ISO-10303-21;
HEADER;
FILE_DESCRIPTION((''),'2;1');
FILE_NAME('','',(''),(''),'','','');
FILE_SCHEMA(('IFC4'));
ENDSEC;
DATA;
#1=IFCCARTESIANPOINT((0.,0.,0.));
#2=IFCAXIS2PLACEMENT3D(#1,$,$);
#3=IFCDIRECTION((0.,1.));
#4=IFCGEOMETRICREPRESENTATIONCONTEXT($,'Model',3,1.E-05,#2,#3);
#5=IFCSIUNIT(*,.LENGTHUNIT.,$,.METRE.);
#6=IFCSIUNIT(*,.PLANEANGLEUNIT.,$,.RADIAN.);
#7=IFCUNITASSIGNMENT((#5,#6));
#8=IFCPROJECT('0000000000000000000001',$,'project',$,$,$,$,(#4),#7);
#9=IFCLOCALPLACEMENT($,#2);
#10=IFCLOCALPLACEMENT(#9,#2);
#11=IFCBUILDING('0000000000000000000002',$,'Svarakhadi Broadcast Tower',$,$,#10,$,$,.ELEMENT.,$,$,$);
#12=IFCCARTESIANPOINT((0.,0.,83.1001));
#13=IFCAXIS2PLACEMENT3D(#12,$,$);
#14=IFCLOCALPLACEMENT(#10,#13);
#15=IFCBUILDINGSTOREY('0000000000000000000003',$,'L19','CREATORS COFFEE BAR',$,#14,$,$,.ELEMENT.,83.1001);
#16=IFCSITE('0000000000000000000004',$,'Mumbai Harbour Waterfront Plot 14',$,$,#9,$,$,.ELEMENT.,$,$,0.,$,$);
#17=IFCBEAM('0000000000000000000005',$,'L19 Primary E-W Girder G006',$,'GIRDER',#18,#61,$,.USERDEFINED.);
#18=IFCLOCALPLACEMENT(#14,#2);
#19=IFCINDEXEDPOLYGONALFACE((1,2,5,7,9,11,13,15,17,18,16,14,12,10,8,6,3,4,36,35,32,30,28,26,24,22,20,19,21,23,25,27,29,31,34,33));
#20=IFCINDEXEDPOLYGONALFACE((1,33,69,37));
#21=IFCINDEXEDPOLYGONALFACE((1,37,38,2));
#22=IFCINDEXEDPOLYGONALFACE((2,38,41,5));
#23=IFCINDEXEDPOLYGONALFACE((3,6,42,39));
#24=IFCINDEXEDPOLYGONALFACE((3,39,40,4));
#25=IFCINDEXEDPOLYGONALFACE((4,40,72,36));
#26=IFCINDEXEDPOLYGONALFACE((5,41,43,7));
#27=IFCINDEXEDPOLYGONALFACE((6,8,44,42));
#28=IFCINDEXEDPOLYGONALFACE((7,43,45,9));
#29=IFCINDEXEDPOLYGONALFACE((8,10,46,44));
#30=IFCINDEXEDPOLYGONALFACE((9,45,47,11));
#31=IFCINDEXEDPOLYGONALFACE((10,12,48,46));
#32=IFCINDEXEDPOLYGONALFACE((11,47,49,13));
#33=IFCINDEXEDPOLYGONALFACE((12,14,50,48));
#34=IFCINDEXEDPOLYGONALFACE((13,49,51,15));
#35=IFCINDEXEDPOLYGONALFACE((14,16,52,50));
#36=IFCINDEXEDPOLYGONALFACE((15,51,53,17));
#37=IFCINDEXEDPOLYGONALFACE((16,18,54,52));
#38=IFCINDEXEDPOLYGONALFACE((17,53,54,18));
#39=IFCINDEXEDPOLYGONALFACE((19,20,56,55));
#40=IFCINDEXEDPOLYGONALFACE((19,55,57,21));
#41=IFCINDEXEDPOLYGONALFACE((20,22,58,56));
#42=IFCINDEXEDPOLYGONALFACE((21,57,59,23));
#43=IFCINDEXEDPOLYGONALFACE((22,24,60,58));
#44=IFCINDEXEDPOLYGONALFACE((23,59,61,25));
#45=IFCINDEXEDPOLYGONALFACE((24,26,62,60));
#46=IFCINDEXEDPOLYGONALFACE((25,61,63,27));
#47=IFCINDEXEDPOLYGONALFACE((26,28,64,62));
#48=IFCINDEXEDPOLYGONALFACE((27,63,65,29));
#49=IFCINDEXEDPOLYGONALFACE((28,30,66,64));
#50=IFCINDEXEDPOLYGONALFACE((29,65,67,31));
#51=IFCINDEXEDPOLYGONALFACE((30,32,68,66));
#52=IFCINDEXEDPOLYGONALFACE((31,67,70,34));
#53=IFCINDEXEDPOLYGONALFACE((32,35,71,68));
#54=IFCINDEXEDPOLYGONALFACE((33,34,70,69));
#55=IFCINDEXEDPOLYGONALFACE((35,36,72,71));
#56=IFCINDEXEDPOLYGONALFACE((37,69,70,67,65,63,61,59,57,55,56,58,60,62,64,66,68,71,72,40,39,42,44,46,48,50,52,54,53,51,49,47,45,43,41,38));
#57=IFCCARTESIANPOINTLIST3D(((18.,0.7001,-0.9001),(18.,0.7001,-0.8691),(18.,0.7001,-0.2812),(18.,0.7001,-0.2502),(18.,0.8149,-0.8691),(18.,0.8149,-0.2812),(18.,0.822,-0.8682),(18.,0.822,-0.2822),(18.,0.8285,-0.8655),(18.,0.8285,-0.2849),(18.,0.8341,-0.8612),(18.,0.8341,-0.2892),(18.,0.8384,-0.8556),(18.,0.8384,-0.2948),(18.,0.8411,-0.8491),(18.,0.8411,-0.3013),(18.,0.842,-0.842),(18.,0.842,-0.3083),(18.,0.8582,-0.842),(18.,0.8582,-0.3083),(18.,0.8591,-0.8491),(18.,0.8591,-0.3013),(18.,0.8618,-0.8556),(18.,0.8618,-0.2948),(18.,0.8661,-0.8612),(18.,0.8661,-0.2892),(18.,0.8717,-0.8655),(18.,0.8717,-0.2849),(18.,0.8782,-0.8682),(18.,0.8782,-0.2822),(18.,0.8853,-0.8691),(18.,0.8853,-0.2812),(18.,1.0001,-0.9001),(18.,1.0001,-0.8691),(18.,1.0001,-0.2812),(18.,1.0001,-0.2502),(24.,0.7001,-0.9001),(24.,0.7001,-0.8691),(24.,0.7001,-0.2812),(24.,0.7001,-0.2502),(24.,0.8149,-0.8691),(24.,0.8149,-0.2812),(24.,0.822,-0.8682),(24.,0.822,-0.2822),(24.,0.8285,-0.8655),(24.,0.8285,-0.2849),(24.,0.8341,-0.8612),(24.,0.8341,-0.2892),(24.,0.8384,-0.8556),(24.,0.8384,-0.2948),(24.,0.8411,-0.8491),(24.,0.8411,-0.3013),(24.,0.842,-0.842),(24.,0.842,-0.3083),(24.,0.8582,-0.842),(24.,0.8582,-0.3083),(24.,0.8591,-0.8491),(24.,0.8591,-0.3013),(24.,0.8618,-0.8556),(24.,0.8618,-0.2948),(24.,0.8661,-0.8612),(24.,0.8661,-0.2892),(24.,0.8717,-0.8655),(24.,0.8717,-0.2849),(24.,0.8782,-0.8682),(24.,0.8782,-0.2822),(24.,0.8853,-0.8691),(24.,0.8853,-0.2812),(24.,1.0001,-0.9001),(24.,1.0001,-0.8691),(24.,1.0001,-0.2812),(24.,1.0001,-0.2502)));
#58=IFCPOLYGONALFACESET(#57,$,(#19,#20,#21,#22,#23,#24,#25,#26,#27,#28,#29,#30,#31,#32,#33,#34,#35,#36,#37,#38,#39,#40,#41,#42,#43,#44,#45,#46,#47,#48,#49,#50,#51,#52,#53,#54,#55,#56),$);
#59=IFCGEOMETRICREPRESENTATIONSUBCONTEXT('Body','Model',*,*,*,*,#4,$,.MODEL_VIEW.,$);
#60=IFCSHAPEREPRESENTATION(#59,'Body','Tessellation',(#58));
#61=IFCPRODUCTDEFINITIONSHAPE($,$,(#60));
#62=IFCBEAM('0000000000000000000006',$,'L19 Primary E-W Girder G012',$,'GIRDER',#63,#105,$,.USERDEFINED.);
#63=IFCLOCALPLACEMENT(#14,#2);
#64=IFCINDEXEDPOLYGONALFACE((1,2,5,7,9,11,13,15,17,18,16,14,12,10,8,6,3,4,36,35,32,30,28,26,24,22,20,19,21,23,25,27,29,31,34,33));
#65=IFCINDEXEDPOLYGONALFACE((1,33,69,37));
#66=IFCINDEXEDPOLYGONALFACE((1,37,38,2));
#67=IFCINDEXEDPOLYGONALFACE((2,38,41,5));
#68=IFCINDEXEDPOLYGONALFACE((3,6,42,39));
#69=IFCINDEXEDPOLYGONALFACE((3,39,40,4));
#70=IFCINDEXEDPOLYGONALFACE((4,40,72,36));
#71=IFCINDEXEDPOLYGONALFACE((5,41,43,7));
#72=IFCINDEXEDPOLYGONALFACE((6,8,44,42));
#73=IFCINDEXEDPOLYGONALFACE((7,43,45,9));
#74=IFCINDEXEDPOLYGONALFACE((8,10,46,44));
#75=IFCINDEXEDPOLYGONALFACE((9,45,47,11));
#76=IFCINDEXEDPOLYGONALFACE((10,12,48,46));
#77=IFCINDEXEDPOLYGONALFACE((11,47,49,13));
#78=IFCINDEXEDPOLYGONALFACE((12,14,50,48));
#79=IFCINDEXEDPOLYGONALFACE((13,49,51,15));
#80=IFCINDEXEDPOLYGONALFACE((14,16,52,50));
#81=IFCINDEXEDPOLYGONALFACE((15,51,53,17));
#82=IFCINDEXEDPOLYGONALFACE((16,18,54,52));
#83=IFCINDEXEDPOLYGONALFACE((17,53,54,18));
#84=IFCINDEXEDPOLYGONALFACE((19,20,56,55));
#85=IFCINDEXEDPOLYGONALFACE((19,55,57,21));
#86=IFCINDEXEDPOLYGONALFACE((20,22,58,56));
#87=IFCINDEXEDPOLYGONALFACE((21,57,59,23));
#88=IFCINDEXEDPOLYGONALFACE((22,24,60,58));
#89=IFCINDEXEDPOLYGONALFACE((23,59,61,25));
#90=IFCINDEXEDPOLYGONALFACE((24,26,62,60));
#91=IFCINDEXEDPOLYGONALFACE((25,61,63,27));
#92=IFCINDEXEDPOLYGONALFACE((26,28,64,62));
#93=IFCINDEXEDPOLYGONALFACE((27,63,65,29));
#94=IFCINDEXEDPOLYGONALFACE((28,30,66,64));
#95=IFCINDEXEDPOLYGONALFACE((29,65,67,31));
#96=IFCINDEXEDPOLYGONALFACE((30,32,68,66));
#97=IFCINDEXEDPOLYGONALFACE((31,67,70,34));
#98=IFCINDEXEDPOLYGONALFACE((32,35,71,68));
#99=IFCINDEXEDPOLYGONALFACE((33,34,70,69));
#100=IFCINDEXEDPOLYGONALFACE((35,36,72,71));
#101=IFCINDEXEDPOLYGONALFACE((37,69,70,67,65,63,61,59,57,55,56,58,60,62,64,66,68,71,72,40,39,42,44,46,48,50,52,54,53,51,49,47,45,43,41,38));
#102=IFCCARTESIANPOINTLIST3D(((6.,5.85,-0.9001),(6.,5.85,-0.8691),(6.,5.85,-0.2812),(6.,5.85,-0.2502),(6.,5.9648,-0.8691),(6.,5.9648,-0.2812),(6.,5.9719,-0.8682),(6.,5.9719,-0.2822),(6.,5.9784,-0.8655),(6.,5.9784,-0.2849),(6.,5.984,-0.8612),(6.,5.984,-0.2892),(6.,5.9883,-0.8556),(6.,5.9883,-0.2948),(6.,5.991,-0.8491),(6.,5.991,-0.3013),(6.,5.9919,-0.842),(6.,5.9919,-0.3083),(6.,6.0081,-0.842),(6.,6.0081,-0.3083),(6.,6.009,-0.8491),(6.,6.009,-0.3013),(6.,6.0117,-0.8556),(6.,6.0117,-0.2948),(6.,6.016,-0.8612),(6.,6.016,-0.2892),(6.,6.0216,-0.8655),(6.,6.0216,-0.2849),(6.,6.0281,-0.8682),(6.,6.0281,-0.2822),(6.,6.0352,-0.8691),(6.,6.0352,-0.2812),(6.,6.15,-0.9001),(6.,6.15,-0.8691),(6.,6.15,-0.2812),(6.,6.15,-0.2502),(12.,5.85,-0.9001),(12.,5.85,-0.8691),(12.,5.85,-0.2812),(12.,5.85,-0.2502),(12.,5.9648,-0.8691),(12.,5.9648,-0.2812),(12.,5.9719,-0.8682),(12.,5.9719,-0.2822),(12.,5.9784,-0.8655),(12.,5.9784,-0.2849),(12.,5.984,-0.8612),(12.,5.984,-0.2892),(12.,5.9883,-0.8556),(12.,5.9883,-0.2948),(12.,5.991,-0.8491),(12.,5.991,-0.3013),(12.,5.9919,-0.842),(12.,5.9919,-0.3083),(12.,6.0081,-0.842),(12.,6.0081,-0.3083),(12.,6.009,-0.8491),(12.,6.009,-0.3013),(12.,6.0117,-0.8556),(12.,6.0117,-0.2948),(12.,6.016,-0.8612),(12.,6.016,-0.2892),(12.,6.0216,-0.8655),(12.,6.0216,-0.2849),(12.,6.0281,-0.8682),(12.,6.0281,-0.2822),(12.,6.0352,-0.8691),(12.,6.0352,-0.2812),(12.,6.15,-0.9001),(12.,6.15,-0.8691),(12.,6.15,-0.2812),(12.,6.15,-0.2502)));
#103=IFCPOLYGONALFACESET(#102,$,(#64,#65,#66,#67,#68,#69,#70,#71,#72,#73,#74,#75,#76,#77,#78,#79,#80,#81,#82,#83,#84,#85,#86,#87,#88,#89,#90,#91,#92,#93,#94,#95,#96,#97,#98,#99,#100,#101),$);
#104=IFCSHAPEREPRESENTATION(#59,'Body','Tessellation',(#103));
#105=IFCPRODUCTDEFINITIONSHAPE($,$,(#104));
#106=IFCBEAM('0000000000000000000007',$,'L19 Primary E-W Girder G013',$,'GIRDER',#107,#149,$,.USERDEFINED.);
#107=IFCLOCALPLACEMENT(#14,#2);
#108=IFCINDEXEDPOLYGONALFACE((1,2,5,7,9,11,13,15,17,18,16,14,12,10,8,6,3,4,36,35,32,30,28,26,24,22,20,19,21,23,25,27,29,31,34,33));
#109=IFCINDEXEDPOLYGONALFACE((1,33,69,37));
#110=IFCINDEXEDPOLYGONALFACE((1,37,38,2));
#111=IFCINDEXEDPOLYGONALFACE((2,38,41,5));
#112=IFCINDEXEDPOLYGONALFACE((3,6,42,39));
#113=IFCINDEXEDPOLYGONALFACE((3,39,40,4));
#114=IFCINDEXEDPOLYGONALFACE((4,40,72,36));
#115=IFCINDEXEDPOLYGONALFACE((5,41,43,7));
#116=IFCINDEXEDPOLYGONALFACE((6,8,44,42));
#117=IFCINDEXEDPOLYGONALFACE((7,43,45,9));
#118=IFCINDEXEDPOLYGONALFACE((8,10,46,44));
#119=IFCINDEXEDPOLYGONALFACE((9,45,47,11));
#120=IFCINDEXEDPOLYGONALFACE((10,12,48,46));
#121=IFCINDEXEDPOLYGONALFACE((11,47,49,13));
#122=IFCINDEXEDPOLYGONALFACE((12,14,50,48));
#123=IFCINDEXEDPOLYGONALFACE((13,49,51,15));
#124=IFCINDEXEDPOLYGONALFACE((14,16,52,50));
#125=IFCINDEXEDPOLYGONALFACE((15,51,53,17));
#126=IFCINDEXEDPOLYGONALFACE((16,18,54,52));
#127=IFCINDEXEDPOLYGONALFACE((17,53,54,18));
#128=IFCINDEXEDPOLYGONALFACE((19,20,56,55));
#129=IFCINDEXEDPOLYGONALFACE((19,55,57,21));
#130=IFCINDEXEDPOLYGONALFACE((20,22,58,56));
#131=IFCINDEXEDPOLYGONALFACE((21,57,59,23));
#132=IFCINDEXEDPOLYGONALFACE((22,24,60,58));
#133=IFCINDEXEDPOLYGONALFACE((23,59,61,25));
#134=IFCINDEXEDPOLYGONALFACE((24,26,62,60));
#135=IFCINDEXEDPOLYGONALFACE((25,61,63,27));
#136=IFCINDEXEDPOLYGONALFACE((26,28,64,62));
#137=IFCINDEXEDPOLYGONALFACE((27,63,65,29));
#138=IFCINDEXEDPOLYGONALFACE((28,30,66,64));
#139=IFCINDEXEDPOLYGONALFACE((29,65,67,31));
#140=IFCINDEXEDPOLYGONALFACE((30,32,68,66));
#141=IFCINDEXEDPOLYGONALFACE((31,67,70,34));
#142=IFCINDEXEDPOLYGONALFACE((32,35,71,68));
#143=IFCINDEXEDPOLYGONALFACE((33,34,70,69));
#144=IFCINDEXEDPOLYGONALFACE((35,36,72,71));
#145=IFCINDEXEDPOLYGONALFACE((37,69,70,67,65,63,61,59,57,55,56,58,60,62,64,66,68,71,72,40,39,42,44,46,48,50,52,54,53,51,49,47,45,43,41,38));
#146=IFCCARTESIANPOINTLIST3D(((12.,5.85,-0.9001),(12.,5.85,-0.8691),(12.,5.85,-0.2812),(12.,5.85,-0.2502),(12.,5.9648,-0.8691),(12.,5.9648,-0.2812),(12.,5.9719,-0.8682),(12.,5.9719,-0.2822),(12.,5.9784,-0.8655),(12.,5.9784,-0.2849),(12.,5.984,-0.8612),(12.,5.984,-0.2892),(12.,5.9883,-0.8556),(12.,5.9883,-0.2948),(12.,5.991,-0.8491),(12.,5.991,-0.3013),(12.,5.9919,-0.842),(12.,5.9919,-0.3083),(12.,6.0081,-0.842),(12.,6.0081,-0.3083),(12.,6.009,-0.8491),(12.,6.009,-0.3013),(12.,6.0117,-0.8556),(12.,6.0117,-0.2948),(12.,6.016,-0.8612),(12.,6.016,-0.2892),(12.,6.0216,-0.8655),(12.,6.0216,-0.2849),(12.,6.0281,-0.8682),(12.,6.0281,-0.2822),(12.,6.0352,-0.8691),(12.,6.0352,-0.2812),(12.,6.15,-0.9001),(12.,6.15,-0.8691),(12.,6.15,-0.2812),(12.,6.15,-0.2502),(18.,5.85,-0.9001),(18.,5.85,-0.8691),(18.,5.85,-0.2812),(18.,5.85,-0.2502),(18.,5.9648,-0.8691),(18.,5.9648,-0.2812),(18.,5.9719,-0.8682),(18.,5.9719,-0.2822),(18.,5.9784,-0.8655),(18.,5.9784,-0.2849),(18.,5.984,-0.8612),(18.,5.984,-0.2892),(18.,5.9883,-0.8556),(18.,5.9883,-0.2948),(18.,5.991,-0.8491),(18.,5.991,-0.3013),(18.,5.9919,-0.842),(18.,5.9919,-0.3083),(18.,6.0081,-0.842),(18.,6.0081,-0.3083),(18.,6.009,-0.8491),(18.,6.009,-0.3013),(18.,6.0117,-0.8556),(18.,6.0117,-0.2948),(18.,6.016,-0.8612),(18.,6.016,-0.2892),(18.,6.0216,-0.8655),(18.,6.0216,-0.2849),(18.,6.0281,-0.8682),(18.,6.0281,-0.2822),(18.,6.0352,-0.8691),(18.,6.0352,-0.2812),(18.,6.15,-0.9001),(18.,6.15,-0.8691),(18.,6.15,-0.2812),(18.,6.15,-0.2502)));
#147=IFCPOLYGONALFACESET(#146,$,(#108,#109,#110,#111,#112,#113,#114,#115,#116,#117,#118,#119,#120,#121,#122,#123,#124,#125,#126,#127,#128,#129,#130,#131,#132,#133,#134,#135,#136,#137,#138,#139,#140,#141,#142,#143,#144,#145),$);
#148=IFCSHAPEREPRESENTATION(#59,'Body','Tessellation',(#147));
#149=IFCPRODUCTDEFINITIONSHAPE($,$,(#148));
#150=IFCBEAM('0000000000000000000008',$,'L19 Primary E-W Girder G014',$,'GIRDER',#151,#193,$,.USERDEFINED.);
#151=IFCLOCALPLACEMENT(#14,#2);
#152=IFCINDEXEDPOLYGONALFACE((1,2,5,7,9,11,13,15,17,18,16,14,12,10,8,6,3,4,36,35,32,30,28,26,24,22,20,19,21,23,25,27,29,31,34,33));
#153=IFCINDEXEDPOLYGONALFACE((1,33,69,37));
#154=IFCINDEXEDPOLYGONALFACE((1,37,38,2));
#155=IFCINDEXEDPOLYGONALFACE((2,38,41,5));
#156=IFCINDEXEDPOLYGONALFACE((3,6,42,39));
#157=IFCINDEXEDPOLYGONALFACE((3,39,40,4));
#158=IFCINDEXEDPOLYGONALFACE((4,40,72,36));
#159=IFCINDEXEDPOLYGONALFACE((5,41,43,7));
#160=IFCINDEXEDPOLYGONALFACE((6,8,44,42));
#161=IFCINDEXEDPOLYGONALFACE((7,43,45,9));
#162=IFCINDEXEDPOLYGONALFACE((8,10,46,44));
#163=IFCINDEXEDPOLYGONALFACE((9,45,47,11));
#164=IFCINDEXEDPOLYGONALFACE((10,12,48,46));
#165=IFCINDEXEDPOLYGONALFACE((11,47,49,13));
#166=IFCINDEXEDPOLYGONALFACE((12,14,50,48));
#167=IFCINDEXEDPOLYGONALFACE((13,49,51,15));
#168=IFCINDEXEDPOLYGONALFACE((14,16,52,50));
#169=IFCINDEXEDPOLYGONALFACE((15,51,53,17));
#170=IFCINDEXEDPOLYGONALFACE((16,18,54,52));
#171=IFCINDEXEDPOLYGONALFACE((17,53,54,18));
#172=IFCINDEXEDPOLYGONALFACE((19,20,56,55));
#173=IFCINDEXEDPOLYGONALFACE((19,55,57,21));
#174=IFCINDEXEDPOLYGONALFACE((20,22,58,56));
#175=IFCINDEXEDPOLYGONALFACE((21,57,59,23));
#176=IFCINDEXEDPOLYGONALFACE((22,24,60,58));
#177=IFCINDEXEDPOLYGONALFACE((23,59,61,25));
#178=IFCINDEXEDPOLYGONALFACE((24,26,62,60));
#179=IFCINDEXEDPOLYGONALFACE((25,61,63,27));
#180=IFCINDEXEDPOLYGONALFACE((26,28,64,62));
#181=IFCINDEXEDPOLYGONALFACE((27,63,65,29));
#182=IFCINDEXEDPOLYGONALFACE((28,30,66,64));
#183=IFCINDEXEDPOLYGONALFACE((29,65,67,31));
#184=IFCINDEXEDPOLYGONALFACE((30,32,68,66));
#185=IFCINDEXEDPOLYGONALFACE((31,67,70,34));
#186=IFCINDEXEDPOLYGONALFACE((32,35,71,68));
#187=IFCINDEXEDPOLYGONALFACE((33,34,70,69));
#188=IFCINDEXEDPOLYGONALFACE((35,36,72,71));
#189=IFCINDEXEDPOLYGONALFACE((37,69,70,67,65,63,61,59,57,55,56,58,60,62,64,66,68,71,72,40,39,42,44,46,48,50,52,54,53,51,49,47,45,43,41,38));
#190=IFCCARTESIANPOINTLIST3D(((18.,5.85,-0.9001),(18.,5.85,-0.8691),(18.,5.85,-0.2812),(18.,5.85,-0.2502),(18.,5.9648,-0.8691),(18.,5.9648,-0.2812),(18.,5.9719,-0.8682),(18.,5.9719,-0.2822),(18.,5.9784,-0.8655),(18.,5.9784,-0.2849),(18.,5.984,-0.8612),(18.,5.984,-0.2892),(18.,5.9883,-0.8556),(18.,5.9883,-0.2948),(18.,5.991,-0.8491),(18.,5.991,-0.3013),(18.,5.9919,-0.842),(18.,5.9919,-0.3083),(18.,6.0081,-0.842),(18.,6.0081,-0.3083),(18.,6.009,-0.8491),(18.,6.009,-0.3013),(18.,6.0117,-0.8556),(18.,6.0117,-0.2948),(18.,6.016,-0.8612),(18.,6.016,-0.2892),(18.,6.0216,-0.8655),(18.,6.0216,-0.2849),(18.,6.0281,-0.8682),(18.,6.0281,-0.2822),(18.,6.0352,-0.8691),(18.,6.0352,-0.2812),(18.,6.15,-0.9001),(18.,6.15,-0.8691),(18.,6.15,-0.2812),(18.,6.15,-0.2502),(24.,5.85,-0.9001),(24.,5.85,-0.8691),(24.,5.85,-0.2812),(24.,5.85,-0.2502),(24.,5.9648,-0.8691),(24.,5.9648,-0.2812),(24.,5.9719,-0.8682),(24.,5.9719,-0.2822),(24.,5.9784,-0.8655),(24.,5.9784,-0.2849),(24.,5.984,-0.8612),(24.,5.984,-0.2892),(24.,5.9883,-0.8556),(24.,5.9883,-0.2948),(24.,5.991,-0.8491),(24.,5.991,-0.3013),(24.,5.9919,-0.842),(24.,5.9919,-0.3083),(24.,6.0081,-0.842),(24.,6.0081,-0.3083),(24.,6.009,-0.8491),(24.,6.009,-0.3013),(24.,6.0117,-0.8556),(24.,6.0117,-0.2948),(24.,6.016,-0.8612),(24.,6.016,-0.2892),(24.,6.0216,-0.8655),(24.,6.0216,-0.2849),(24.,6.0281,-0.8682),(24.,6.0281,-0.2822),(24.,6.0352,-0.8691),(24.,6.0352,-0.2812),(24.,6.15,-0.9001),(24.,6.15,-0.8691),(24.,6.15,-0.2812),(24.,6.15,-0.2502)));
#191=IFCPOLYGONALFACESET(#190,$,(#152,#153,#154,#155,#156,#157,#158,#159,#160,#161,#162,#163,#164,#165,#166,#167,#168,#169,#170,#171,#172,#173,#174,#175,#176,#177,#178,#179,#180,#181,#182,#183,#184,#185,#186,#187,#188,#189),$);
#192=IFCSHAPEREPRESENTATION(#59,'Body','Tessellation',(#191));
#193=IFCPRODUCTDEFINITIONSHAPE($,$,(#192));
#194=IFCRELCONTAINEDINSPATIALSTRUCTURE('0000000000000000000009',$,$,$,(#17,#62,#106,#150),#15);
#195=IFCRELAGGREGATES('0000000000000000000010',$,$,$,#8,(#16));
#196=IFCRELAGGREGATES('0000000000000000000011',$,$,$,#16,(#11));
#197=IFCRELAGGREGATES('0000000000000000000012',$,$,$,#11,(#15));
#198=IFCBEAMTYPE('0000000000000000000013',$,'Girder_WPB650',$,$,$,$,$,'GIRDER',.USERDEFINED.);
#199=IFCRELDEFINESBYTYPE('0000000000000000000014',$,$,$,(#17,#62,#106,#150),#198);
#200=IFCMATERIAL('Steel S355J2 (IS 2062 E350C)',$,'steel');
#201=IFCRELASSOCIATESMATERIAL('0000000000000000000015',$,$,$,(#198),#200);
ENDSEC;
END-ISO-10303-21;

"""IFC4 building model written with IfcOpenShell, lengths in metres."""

from ifc_helpers import new_model, si_unit, direction, frame, origin, origin_2d, place, context, subcontext, project, spatial, i_section, extrude, material, material_profile, profile_set, type_object, element, save


model = new_model("IFC4")

# Units and contexts
model_context = context("Model", 3, precision=1e-05, world=origin(), true_north=direction((0.0, 1.0)))
body_context = subcontext(model_context, "Body", "Model", "MODEL_VIEW")
ifc_project = project(units=[si_unit("LENGTHUNIT", "METRE"), si_unit("PLANEANGLEUNIT", "RADIAN")], contexts=[model_context])

# Site, building, storey
site_placement = place(None, origin())
site = spatial("IfcSite", under=ifc_project, at=site_placement, Name="Mumbai Harbour Waterfront Plot 14", CompositionType="ELEMENT", RefElevation=0.0)
building_placement = place(site_placement, origin())
building = spatial("IfcBuilding", under=site, at=building_placement, Name="Svarakhadi Broadcast Tower", CompositionType="ELEMENT")
storey_placement = place(building_placement, frame((0.0, 0.0, 83.1001)))
storey = spatial("IfcBuildingStorey", under=building, at=storey_placement, Name="L19", Description="CREATORS COFFEE BAR", CompositionType="ELEMENT", Elevation=83.1001)

# Shared definitions
ifc_material_1 = material(Name="Steel S355J2 (IS 2062 E350C)", Category="steel")

# Beams
ifc_material_profile_1 = material_profile(ifc_material_1, i_section(OverallWidth=0.3, OverallDepth=0.6499, WebThickness=0.0161, FlangeThickness=0.031, FilletRadius=0.0271, at=origin_2d()), Name="WPB 650x300x225")
ifc_profile_set_1 = profile_set([ifc_material_profile_1], Name="Steel S355J2 (IS 2062 E350C)")
beam_type_1 = type_object("IfcBeamType", Name="Girder_WPB650", ElementType="GIRDER", PredefinedType="USERDEFINED", material=ifc_profile_set_1)
for number, where, z_axis, x_axis, name in (
    (1, (18.0, 0.8501, -0.5752), (1.0, 0.0, 0.0), (0.0, 1.0, 0.0), "L19 Primary E-W Girder G006"),
    (2, (6.0, 6.0, -0.5752), (1.0, 0.0, 0.0), (0.0, 1.0, 0.0), "L19 Primary E-W Girder G012"),
    (3, (12.0, 6.0, -0.5752), (1.0, 0.0, 0.0), (0.0, 1.0, 0.0), "L19 Primary E-W Girder G013"),
    (4, (18.0, 6.0, -0.5752), (1.0, 0.0, 0.0), (0.0, 1.0, 0.0), "L19 Primary E-W Girder G014"),
):
    element("IfcBeam", number, at=place(storey_placement, frame(where, z_axis=z_axis, x_axis=x_axis)), inside=storey, type_object=beam_type_1, Name=name, ObjectType="GIRDER", PredefinedType="USERDEFINED", context=body_context, shape_type="SweptSolid", body=[
        extrude(i_section(OverallWidth=0.3, OverallDepth=0.6499, WebThickness=0.0161, FlangeThickness=0.031, FilletRadius=0.0271, at=origin_2d()), origin(), (0.0, 0.0, 1.0), 6.0),
    ])

save(model, "model.ifc")
